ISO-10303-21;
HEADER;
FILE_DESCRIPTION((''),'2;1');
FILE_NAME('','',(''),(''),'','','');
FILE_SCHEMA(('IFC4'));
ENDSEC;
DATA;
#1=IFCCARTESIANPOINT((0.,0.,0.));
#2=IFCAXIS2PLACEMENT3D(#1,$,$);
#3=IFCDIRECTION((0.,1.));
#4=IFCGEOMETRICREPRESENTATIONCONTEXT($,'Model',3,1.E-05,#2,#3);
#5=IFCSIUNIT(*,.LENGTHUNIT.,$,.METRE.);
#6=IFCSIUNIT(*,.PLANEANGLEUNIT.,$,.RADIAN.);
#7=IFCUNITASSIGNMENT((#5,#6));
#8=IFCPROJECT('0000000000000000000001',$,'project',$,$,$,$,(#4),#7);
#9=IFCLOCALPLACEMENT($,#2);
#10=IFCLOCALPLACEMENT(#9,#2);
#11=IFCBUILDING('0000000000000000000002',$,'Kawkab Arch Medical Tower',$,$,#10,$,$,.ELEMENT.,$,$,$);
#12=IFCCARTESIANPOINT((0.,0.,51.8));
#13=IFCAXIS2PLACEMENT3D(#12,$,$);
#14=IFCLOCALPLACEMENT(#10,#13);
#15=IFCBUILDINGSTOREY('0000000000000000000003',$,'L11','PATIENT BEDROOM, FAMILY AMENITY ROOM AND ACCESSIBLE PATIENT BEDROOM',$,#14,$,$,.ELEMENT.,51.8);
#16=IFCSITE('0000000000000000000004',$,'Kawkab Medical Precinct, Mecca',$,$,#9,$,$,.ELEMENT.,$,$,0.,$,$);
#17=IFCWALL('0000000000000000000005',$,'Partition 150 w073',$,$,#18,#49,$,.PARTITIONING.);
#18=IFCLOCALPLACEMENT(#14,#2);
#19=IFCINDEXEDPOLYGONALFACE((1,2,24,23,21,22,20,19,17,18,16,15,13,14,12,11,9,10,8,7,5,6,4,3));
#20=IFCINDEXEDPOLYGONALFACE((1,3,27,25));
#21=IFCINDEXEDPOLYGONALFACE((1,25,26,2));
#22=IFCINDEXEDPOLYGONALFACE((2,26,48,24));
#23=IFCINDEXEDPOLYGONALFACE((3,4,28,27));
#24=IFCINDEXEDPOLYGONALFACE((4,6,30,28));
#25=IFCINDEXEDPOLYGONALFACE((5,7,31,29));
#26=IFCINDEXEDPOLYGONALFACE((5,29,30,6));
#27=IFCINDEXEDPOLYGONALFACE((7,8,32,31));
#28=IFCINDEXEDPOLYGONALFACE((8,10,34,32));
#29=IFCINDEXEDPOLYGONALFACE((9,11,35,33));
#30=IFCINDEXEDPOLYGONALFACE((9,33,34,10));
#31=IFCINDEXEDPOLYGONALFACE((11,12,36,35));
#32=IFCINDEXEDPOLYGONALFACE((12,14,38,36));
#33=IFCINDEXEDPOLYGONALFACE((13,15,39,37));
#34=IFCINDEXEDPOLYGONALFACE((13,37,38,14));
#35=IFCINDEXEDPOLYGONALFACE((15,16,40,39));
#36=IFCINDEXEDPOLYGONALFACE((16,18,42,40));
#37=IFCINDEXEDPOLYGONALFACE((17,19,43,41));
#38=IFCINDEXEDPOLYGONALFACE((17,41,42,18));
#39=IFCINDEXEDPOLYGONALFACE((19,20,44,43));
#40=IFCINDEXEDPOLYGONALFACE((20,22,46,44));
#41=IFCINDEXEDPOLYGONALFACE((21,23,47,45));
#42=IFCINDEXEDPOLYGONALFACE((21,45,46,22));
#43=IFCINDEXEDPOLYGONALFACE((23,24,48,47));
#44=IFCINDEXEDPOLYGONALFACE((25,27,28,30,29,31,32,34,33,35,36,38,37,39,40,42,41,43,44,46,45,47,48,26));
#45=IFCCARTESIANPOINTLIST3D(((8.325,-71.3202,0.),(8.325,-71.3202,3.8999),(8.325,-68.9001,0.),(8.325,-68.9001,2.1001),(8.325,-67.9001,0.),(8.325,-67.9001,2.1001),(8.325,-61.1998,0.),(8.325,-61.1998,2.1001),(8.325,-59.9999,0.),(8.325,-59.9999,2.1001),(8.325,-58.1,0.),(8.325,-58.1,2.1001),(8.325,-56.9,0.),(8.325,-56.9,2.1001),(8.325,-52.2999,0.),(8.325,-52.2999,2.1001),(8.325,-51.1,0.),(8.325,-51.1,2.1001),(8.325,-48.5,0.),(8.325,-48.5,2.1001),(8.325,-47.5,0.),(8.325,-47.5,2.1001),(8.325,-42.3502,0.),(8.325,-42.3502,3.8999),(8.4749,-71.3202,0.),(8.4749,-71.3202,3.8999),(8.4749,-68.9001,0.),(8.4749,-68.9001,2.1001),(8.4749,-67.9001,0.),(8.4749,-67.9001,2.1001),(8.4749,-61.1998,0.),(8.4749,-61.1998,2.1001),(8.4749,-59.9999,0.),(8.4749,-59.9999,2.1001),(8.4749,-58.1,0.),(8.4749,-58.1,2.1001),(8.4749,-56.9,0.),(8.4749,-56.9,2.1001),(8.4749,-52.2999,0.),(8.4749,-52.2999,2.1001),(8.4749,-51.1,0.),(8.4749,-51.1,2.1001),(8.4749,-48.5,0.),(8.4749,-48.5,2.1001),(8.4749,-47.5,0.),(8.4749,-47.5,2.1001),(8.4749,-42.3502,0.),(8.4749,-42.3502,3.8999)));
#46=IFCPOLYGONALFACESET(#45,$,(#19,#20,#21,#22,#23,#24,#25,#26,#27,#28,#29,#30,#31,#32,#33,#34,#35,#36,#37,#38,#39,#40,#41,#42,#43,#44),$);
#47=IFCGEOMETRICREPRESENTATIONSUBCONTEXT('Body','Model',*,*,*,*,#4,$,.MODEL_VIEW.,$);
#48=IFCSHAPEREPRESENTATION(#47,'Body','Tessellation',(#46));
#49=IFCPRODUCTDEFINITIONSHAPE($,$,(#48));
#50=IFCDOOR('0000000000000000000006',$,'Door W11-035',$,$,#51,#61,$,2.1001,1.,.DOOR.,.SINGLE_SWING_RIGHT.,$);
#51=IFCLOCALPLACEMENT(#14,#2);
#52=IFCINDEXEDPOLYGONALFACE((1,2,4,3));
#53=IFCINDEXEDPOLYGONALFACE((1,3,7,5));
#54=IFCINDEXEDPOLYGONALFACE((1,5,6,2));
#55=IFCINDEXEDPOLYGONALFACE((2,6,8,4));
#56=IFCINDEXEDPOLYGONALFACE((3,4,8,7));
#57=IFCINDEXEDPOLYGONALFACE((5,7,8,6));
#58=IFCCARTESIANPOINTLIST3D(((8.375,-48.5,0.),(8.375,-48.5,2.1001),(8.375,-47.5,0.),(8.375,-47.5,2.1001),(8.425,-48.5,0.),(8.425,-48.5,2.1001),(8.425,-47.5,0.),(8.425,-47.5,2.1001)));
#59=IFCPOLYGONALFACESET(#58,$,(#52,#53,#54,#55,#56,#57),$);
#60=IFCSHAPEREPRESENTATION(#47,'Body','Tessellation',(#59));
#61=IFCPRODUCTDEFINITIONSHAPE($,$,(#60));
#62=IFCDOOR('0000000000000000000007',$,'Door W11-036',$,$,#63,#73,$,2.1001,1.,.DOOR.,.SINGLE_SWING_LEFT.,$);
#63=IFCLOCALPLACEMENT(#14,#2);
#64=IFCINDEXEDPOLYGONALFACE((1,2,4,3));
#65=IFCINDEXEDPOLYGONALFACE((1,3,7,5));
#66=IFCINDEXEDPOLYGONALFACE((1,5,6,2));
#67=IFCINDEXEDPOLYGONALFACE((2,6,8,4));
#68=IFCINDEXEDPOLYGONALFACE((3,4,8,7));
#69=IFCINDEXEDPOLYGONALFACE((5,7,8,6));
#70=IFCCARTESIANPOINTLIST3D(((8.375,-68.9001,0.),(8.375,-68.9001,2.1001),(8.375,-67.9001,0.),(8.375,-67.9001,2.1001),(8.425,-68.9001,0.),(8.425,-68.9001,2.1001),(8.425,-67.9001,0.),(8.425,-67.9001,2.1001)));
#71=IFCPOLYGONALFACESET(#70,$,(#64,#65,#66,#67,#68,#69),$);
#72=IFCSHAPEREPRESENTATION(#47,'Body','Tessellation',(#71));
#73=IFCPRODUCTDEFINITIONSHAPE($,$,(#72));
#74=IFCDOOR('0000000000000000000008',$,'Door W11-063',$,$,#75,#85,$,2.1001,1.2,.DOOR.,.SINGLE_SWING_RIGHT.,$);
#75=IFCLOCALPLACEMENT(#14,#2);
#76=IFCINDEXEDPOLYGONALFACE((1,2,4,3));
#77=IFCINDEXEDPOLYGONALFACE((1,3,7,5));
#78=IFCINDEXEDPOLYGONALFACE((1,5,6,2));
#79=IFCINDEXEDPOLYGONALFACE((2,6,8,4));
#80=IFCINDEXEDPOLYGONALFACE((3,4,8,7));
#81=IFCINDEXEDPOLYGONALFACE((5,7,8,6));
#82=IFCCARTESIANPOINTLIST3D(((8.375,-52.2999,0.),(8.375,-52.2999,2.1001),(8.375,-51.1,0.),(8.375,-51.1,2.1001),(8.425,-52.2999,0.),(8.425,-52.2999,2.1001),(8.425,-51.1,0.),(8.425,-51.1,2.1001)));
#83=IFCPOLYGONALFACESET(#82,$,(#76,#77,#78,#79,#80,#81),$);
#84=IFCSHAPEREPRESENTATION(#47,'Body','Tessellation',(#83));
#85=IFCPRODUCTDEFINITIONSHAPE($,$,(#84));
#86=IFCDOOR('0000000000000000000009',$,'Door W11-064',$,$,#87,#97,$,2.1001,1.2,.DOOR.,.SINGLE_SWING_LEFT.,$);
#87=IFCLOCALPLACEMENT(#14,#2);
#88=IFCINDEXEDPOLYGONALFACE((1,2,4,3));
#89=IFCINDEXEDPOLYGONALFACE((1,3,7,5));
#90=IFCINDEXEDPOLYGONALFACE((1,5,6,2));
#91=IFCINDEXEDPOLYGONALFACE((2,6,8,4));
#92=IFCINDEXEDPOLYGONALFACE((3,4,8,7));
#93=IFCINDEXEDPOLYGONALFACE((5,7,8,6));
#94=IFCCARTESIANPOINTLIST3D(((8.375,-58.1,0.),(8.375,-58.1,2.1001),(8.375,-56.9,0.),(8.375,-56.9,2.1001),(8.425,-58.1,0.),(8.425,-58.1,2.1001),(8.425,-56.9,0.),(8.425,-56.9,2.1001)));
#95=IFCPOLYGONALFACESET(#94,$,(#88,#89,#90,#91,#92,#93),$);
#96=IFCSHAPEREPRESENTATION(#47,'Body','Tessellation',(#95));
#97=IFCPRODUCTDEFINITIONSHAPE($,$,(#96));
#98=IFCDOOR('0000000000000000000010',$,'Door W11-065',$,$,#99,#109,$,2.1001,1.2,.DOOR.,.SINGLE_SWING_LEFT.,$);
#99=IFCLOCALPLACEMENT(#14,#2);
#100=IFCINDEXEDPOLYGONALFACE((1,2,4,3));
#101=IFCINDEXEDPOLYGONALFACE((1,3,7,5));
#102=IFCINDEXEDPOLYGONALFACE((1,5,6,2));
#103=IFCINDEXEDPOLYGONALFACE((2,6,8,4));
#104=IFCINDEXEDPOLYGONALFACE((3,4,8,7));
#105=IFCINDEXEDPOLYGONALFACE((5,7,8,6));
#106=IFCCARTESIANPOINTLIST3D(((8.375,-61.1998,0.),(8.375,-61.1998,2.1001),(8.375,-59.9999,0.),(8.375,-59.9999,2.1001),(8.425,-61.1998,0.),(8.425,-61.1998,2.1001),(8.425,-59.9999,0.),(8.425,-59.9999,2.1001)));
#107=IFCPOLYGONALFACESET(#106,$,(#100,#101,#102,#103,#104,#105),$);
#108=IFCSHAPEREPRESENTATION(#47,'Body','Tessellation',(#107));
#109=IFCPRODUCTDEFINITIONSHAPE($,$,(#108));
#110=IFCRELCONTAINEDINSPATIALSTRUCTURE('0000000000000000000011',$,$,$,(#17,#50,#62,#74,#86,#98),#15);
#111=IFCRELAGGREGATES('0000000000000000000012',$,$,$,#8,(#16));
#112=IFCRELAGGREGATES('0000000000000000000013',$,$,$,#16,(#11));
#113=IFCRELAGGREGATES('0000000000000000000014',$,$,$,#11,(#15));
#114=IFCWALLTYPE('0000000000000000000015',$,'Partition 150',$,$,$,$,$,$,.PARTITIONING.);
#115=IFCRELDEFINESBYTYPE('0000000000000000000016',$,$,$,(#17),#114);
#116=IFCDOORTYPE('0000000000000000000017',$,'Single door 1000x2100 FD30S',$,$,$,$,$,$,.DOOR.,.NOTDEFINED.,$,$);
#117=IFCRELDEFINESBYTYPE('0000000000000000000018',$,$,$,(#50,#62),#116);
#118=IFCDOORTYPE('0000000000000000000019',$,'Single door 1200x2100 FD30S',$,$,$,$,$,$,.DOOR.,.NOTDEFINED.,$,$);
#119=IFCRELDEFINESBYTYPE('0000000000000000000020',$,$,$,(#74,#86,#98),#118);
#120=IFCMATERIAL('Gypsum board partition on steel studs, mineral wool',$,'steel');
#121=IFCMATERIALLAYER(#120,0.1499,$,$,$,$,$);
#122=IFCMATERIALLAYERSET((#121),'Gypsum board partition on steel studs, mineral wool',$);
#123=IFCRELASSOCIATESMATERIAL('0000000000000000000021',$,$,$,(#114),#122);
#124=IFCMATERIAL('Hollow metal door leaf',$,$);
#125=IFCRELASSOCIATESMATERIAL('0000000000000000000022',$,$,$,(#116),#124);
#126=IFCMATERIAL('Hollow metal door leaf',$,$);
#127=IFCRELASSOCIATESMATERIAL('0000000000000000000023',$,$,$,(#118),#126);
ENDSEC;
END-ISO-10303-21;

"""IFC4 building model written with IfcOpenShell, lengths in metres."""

from ifc_helpers import new_model, si_unit, direction, frame, frame_2d, origin, place, context, subcontext, project, spatial, rectangle, extrude, material, layer, layer_set, type_object, element, fill, save


model = new_model("IFC4")

# Units and contexts
model_context = context("Model", 3, precision=1e-05, world=origin(), true_north=direction((0.0, 1.0)))
body_context = subcontext(model_context, "Body", "Model", "MODEL_VIEW")
ifc_project = project(units=[si_unit("LENGTHUNIT", "METRE"), si_unit("PLANEANGLEUNIT", "RADIAN")], contexts=[model_context])

# Site, building, storey
site_placement = place(None, origin())
site = spatial("IfcSite", under=ifc_project, at=site_placement, Name="Kawkab Medical Precinct, Mecca", CompositionType="ELEMENT", RefElevation=0.0)
building_placement = place(site_placement, origin())
building = spatial("IfcBuilding", under=site, at=building_placement, Name="Kawkab Arch Medical Tower", CompositionType="ELEMENT")
storey_placement = place(building_placement, frame((0.0, 0.0, 51.8)))
storey = spatial("IfcBuildingStorey", under=building, at=storey_placement, Name="L11", Description="PATIENT BEDROOM, FAMILY AMENITY ROOM AND ACCESSIBLE PATIENT BEDROOM", CompositionType="ELEMENT", Elevation=51.8)

# Wall, openings, doors
ifc_material_1 = material(Name="Gypsum board partition on steel studs, mineral wool", Category="steel")
ifc_layer_1 = layer(ifc_material_1, 0.1499)
ifc_layer_set_1 = layer_set([ifc_layer_1], Name="Gypsum board partition on steel studs, mineral wool")
wall_type = type_object("IfcWallType", Name="Partition 150", PredefinedType="PARTITIONING", material=ifc_layer_set_1)
wall_placement = place(storey_placement, frame((8.3999, -71.3201, 0.0), z_axis=(0.0, 0.0, 1.0), x_axis=(0.0, 1.0, 0.0)))
wall = element("IfcWall", 1, at=wall_placement, inside=storey, type_object=wall_type, Name="Partition 150 w073", PredefinedType="PARTITIONING", context=body_context, shape_type="SweptSolid", body=[
    extrude(rectangle(XDim=28.97, YDim=0.1499, at=frame_2d((14.4849, 0.0))), origin(), (0.0, 0.0, 1.0), 3.8999),
])
opening_1_placement = place(wall_placement, frame((22.8201, 0.0, 0.0)))
opening_1 = element("IfcOpeningElement", 2, at=opening_1_placement, cuts=wall, PredefinedType="OPENING", context=body_context, shape_type="SweptSolid", body=[
    extrude(rectangle(XDim=1.0, YDim=2.1001, at=frame_2d((0.5, 1.05))), frame((0.0, 0.085, 0.0), z_axis=(0.0, -1.0, 0.0), x_axis=(1.0, 0.0, 0.0)), (0.0, 0.0, 1.0), 0.1699),
])
opening_2_placement = place(wall_placement, frame((19.02, 0.0, 0.0)))
opening_2 = element("IfcOpeningElement", 3, at=opening_2_placement, cuts=wall, PredefinedType="OPENING", context=body_context, shape_type="SweptSolid", body=[
    extrude(rectangle(XDim=1.2, YDim=2.1001, at=frame_2d((0.6001, 1.05))), frame((0.0, 0.085, 0.0), z_axis=(0.0, -1.0, 0.0), x_axis=(1.0, 0.0, 0.0)), (0.0, 0.0, 1.0), 0.1699),
])
opening_3_placement = place(wall_placement, frame((13.22, 0.0, 0.0)))
opening_3 = element("IfcOpeningElement", 4, at=opening_3_placement, cuts=wall, PredefinedType="OPENING", context=body_context, shape_type="SweptSolid", body=[
    extrude(rectangle(XDim=1.2, YDim=2.1001, at=frame_2d((0.6001, 1.05))), frame((0.0, 0.085, 0.0), z_axis=(0.0, -1.0, 0.0), x_axis=(1.0, 0.0, 0.0)), (0.0, 0.0, 1.0), 0.1699),
])
opening_4_placement = place(wall_placement, frame((10.1201, 0.0, 0.0)))
opening_4 = element("IfcOpeningElement", 5, at=opening_4_placement, cuts=wall, PredefinedType="OPENING", context=body_context, shape_type="SweptSolid", body=[
    extrude(rectangle(XDim=1.2, YDim=2.1001, at=frame_2d((0.6001, 1.05))), frame((0.0, 0.085, 0.0), z_axis=(0.0, -1.0, 0.0), x_axis=(1.0, 0.0, 0.0)), (0.0, 0.0, 1.0), 0.1699),
])
opening_5_placement = place(wall_placement, frame((2.4199, 0.0, 0.0)))
opening_5 = element("IfcOpeningElement", 6, at=opening_5_placement, cuts=wall, PredefinedType="OPENING", context=body_context, shape_type="SweptSolid", body=[
    extrude(rectangle(XDim=1.0, YDim=2.1001, at=frame_2d((0.5, 1.05))), frame((0.0, 0.085, 0.0), z_axis=(0.0, -1.0, 0.0), x_axis=(1.0, 0.0, 0.0)), (0.0, 0.0, 1.0), 0.1699),
])
ifc_material_2 = material(Name="Hollow metal door leaf")
door_type_1 = type_object("IfcDoorType", Name="Single door 1000x2100 FD30S", OperationType="NOTDEFINED", PredefinedType="DOOR", material=ifc_material_2)
door_1_placement = place(opening_1_placement, origin())
door_1 = element("IfcDoor", 7, at=door_1_placement, inside=storey, type_object=door_type_1, Name="Door W11-035", OperationType="SINGLE_SWING_RIGHT", OverallHeight=2.1001, OverallWidth=1.0, PredefinedType="DOOR", context=body_context, shape_type="SweptSolid", body=[
    extrude(rectangle(XDim=1.0, YDim=2.1001, at=frame_2d((0.5, 1.05))), frame((0.0, 0.0249, 0.0), z_axis=(0.0, -1.0, 0.0), x_axis=(1.0, 0.0, 0.0)), (0.0, 0.0, 1.0), 0.05),
])
fill(opening_1, door_1)
door_2_placement = place(opening_5_placement, origin())
door_2 = element("IfcDoor", 8, at=door_2_placement, inside=storey, type_object=door_type_1, Name="Door W11-036", OperationType="SINGLE_SWING_LEFT", OverallHeight=2.1001, OverallWidth=1.0, PredefinedType="DOOR", context=body_context, shape_type="SweptSolid", body=[
    extrude(rectangle(XDim=1.0, YDim=2.1001, at=frame_2d((0.5, 1.05))), frame((0.0, 0.0249, 0.0), z_axis=(0.0, -1.0, 0.0), x_axis=(1.0, 0.0, 0.0)), (0.0, 0.0, 1.0), 0.05),
])
fill(opening_5, door_2)
ifc_material_3 = material(Name="Hollow metal door leaf")
door_type_2 = type_object("IfcDoorType", Name="Single door 1200x2100 FD30S", OperationType="NOTDEFINED", PredefinedType="DOOR", material=ifc_material_3)
door_3_placement = place(opening_2_placement, origin())
door_3 = element("IfcDoor", 9, at=door_3_placement, inside=storey, type_object=door_type_2, Name="Door W11-063", OperationType="SINGLE_SWING_RIGHT", OverallHeight=2.1001, OverallWidth=1.2, PredefinedType="DOOR", context=body_context, shape_type="SweptSolid", body=[
    extrude(rectangle(XDim=1.2, YDim=2.1001, at=frame_2d((0.6001, 1.05))), frame((0.0, 0.0249, 0.0), z_axis=(0.0, -1.0, 0.0), x_axis=(1.0, 0.0, 0.0)), (0.0, 0.0, 1.0), 0.05),
])
fill(opening_2, door_3)
door_4_placement = place(opening_3_placement, origin())
door_4 = element("IfcDoor", 10, at=door_4_placement, inside=storey, type_object=door_type_2, Name="Door W11-064", OperationType="SINGLE_SWING_LEFT", OverallHeight=2.1001, OverallWidth=1.2, PredefinedType="DOOR", context=body_context, shape_type="SweptSolid", body=[
    extrude(rectangle(XDim=1.2, YDim=2.1001, at=frame_2d((0.6001, 1.05))), frame((0.0, 0.0249, 0.0), z_axis=(0.0, -1.0, 0.0), x_axis=(1.0, 0.0, 0.0)), (0.0, 0.0, 1.0), 0.05),
])
fill(opening_3, door_4)
door_5_placement = place(opening_4_placement, origin())
door_5 = element("IfcDoor", 11, at=door_5_placement, inside=storey, type_object=door_type_2, Name="Door W11-065", OperationType="SINGLE_SWING_LEFT", OverallHeight=2.1001, OverallWidth=1.2, PredefinedType="DOOR", context=body_context, shape_type="SweptSolid", body=[
    extrude(rectangle(XDim=1.2, YDim=2.1001, at=frame_2d((0.6001, 1.05))), frame((0.0, 0.0249, 0.0), z_axis=(0.0, -1.0, 0.0), x_axis=(1.0, 0.0, 0.0)), (0.0, 0.0, 1.0), 0.05),
])
fill(opening_4, door_5)

save(model, "model.ifc")
